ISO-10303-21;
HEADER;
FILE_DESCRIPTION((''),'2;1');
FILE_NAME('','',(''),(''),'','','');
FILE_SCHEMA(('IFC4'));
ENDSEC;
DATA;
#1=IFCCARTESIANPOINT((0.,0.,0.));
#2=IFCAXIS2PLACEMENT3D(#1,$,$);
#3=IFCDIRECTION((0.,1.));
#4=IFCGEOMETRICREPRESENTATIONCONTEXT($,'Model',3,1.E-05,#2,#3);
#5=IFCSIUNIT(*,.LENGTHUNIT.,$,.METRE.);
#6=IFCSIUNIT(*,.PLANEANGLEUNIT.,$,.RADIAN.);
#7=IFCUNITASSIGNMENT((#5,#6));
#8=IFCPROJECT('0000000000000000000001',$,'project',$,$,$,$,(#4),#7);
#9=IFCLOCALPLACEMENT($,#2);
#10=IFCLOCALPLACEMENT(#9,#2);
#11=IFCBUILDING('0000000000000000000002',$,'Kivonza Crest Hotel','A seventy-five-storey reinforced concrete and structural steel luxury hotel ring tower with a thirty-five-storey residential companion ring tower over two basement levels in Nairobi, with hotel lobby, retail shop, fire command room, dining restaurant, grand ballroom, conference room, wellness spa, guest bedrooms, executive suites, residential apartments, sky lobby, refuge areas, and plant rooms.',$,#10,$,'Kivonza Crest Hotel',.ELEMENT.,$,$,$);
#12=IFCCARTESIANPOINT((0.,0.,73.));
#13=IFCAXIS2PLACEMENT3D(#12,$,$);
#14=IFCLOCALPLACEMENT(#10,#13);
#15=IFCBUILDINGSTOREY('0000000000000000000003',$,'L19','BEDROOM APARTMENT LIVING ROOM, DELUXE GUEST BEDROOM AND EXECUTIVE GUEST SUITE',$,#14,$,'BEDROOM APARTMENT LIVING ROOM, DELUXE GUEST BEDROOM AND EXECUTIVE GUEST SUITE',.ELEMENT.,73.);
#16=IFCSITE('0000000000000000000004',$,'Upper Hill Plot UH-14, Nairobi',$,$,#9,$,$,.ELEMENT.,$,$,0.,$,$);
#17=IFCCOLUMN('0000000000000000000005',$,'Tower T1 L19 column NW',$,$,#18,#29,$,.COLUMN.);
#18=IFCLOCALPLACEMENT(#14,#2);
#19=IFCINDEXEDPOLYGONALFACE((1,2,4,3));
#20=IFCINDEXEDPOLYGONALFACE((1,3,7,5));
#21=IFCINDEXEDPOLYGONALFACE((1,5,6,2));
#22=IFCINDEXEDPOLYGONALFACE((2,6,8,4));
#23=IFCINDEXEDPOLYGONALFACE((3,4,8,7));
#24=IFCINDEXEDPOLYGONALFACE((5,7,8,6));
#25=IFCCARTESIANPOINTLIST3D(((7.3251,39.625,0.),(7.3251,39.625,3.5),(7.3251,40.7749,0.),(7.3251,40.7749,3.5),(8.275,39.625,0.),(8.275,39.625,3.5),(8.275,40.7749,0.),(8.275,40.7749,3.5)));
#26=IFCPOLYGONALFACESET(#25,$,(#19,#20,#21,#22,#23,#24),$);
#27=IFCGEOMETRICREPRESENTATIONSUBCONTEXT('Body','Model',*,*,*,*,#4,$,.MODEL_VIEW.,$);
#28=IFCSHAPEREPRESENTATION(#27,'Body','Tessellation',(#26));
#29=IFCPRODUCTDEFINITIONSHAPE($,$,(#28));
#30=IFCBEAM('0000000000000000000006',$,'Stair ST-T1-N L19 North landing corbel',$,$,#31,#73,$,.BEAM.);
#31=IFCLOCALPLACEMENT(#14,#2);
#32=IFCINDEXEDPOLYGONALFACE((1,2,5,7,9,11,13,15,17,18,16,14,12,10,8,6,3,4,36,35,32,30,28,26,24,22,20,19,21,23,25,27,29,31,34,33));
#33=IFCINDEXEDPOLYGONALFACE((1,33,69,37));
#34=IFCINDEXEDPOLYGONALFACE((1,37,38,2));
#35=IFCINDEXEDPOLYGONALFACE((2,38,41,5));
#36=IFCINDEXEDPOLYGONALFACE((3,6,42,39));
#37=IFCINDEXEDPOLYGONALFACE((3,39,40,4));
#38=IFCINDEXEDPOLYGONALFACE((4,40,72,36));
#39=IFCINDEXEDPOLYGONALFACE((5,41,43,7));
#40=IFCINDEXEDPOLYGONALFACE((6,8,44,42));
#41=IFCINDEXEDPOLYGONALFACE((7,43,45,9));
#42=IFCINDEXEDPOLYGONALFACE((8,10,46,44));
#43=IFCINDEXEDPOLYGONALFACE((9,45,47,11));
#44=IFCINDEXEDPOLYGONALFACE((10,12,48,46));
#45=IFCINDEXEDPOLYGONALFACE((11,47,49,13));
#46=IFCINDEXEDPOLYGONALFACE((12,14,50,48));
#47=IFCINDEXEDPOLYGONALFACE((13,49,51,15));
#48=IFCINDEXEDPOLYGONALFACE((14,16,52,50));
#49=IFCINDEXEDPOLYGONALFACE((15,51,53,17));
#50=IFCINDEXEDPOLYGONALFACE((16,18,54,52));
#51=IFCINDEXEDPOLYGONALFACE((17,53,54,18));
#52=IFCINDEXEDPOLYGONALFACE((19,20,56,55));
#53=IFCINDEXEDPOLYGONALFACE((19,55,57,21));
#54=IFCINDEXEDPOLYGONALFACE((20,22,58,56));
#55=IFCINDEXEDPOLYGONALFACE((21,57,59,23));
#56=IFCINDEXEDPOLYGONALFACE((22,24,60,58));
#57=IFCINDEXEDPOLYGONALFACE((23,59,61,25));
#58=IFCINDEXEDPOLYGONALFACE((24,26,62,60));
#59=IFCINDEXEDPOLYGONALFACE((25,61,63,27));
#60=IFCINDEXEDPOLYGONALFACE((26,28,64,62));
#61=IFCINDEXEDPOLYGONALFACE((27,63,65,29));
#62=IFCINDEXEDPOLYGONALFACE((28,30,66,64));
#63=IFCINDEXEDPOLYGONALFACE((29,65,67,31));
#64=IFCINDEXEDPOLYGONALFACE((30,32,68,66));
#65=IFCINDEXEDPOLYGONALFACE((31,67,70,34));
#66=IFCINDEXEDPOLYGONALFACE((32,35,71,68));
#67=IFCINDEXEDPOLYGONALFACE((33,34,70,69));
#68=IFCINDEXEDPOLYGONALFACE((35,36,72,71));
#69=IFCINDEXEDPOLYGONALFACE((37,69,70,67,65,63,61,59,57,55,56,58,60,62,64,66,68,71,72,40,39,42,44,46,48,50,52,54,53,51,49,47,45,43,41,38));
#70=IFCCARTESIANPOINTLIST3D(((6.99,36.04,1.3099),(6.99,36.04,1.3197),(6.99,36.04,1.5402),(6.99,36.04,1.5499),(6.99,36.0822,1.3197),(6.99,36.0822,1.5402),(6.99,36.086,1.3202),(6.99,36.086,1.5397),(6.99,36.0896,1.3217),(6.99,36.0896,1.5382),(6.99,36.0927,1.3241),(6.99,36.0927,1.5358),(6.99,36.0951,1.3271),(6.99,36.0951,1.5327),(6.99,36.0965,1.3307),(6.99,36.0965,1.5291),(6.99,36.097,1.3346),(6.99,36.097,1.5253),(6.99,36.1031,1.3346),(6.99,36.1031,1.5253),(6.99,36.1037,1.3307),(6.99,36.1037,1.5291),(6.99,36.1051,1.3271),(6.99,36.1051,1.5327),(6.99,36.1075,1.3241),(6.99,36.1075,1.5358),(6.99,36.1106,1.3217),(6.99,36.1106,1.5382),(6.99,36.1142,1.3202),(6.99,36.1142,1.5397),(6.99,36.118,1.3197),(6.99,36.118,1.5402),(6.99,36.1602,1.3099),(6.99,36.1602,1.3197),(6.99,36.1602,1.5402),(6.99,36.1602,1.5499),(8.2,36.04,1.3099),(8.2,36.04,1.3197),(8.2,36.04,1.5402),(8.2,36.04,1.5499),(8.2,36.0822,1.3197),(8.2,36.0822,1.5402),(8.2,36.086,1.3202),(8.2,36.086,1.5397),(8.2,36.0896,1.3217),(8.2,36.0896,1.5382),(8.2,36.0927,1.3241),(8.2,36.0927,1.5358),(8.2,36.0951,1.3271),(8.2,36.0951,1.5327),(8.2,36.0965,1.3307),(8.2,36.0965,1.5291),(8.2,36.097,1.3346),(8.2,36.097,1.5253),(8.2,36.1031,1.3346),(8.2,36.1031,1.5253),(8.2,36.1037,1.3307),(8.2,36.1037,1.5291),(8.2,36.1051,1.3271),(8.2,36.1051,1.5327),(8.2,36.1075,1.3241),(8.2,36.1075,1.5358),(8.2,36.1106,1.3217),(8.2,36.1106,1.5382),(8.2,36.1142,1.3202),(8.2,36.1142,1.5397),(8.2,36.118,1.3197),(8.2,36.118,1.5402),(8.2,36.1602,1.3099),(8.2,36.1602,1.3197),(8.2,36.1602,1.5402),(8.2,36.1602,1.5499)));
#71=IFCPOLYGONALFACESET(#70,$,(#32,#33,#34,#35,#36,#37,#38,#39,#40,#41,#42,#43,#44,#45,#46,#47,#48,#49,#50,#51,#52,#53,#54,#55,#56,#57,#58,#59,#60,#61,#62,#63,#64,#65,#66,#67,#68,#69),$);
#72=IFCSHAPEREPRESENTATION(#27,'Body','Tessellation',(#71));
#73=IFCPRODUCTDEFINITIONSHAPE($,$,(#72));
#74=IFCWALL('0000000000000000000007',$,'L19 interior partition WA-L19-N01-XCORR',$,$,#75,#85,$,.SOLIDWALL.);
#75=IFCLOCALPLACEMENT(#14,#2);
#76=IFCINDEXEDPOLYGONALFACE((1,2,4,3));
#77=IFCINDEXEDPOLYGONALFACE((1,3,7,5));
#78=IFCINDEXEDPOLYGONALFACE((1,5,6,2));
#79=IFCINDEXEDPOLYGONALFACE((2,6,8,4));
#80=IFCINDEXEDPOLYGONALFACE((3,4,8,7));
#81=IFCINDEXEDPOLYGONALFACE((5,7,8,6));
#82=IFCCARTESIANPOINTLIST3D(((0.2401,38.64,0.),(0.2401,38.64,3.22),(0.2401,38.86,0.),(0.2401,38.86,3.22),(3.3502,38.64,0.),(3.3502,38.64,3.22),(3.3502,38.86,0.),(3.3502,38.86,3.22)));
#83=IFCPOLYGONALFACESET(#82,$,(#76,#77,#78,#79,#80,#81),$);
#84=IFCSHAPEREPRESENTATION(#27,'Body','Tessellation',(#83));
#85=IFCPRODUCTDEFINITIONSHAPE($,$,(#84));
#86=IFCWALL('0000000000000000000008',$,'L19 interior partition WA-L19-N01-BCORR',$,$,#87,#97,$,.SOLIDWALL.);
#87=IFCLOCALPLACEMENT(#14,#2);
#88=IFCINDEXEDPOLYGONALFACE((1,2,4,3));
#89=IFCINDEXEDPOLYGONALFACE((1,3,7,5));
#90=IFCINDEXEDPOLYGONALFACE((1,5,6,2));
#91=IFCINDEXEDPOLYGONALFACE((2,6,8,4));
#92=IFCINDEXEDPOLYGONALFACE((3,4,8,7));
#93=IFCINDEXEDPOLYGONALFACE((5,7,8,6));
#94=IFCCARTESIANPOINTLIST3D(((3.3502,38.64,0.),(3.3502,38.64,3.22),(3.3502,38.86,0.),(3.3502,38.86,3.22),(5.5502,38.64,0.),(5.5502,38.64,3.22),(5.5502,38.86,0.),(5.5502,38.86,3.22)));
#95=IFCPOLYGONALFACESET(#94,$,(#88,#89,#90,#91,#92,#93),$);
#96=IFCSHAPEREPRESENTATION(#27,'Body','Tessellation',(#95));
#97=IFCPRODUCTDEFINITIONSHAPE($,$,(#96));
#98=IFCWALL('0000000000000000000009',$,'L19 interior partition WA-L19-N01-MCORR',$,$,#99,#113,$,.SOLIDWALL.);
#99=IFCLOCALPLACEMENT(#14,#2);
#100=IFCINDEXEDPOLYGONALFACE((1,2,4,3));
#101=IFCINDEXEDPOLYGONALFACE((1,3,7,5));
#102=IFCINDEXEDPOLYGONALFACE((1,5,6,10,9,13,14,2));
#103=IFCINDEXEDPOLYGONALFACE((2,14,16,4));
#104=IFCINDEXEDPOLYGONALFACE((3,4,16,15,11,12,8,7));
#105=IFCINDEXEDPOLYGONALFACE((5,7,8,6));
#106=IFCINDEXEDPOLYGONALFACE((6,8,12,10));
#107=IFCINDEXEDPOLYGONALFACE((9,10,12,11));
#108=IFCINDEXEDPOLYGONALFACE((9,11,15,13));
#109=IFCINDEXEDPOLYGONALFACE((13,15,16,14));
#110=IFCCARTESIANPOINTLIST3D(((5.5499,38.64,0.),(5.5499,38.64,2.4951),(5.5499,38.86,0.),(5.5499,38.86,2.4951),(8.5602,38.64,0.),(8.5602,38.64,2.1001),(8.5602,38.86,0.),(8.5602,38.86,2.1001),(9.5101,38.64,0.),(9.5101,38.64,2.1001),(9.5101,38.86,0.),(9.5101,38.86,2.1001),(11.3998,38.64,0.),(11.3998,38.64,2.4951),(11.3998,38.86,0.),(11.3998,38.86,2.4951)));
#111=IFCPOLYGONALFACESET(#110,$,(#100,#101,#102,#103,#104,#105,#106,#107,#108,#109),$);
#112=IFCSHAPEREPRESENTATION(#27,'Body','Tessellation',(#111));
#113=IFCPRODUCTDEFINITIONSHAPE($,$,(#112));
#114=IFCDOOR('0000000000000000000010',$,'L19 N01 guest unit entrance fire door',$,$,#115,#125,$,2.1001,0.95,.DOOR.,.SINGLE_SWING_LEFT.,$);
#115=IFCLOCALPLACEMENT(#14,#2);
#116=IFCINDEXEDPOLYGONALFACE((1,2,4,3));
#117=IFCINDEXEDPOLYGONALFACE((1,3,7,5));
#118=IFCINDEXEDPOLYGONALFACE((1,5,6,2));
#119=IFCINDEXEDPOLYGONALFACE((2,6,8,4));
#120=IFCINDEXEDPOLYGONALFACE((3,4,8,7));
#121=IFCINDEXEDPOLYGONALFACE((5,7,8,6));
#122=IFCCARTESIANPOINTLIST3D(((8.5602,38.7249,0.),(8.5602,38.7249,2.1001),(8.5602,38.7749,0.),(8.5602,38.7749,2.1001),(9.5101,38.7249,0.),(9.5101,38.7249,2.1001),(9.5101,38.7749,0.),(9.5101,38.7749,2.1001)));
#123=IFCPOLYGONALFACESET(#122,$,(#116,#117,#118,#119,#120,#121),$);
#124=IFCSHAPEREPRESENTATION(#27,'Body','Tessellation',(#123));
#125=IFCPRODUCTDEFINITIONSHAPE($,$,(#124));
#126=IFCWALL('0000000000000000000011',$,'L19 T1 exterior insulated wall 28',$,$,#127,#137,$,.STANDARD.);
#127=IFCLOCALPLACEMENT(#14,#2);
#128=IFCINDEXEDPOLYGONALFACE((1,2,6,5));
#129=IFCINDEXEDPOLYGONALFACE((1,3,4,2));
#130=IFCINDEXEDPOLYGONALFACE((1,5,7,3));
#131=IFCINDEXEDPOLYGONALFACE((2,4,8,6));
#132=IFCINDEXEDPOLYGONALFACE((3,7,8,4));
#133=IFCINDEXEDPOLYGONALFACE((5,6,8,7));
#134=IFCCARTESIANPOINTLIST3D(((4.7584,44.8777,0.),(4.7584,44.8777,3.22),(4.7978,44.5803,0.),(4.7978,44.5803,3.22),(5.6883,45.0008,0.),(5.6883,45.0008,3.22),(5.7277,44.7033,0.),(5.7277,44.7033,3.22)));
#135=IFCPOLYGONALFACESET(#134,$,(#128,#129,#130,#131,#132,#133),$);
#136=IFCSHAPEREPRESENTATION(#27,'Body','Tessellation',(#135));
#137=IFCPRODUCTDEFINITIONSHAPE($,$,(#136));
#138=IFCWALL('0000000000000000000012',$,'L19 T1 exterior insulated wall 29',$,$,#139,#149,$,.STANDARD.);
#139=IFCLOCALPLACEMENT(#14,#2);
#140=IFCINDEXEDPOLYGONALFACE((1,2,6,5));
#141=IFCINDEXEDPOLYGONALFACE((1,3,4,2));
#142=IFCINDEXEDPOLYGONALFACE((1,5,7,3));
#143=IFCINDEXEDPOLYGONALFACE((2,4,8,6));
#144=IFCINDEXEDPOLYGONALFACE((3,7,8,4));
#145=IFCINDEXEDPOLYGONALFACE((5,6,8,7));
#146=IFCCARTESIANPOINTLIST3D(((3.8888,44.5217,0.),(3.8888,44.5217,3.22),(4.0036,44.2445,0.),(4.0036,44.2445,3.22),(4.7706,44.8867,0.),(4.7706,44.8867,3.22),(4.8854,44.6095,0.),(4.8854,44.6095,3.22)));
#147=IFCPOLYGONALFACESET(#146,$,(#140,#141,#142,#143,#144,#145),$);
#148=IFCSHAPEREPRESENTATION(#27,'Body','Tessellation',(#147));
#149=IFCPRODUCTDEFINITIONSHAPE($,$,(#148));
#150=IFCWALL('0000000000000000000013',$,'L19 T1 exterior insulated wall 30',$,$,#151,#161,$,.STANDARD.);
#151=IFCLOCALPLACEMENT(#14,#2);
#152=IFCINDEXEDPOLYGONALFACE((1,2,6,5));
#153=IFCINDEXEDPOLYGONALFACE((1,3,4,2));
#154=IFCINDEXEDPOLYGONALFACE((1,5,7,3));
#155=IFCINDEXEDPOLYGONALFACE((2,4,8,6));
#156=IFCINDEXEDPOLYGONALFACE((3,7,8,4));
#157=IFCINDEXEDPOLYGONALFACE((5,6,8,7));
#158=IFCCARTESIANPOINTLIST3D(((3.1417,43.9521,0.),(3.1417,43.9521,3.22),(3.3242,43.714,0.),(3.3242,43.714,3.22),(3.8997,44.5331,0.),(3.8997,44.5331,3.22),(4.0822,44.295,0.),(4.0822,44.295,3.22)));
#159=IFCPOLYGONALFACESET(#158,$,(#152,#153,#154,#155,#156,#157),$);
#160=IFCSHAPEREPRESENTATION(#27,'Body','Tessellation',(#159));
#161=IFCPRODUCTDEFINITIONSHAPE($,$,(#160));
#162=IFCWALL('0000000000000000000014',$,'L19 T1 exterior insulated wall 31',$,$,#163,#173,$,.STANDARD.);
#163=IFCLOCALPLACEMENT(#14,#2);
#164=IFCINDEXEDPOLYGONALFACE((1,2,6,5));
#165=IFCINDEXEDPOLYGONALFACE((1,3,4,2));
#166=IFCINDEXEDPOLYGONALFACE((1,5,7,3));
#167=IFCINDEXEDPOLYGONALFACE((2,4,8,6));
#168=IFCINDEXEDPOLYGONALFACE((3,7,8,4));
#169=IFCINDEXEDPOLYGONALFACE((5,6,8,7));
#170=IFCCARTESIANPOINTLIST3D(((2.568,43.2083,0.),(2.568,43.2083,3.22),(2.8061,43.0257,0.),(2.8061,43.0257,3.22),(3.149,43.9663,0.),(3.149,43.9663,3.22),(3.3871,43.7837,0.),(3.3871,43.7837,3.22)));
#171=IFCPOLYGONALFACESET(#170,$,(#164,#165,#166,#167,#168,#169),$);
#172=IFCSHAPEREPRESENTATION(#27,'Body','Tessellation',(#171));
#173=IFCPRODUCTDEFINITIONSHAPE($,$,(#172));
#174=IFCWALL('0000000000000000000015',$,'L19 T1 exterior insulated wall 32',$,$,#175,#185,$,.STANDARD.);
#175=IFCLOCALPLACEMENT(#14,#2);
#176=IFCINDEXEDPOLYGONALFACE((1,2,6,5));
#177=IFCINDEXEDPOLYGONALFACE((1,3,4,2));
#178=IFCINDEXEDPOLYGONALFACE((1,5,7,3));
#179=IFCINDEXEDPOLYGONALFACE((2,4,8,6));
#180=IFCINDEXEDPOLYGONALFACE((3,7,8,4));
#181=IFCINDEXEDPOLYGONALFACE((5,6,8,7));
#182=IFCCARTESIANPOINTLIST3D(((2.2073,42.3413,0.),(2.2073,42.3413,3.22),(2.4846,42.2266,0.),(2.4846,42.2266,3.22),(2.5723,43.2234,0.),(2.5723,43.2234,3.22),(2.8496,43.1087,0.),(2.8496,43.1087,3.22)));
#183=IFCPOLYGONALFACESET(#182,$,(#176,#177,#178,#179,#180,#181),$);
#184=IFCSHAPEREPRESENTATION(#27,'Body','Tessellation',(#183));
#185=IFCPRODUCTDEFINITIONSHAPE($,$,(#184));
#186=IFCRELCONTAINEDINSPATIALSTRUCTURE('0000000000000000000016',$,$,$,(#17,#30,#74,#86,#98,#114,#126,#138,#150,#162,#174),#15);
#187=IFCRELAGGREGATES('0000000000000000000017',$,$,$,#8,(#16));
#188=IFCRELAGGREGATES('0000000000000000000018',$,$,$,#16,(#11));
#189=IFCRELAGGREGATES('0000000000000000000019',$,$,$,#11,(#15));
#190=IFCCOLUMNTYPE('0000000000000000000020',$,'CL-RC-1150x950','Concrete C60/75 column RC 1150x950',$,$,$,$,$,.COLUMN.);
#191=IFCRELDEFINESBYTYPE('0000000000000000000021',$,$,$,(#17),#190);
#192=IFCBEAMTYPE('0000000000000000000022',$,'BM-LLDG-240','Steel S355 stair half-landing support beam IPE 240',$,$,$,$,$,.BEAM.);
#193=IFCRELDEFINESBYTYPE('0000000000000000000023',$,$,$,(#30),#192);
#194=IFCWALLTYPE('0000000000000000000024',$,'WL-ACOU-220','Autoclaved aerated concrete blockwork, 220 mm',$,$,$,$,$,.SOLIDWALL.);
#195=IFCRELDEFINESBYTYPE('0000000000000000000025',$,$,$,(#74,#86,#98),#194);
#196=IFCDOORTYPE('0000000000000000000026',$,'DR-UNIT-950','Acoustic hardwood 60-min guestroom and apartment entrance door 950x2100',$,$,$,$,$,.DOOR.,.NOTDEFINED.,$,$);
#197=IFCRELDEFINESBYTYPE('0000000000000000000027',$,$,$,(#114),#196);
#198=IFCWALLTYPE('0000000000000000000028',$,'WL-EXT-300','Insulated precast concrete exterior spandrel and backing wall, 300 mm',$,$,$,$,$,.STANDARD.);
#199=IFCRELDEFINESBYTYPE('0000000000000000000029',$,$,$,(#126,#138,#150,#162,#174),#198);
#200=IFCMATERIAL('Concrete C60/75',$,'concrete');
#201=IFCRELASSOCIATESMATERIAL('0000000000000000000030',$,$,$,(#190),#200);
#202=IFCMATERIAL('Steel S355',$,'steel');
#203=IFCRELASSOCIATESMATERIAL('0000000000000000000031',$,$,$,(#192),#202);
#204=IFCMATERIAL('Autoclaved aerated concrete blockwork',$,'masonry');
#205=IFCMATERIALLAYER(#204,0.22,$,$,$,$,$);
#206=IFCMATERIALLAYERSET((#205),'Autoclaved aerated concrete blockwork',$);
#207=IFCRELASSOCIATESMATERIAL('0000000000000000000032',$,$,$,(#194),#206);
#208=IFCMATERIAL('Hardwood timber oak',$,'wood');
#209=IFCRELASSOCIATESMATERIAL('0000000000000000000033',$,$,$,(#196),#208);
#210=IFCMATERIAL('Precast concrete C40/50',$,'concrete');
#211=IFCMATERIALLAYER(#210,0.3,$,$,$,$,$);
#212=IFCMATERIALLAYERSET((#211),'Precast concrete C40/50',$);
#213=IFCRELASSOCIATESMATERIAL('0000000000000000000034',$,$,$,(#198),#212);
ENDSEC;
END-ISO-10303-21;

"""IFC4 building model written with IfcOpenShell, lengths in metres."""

from ifc_helpers import new_model, si_unit, direction, frame, frame_2d, origin, origin_2d, place, context, subcontext, project, spatial, rectangle, i_section, extrude, material, layer, layer_set, material_profile, profile_set, type_object, element, fill, save


model = new_model("IFC4")

# Units and contexts
model_context = context("Model", 3, precision=1e-05, world=origin(), true_north=direction((0.0, 1.0)))
body_context = subcontext(model_context, "Body", "Model", "MODEL_VIEW")
ifc_project = project(units=[si_unit("LENGTHUNIT", "METRE"), si_unit("PLANEANGLEUNIT", "RADIAN")], contexts=[model_context])

# Site, building, storey
site_placement = place(None, origin())
site = spatial("IfcSite", under=ifc_project, at=site_placement, Name="Upper Hill Plot UH-14, Nairobi", CompositionType="ELEMENT", RefElevation=0.0)
building_placement = place(site_placement, origin())
building = spatial("IfcBuilding", under=site, at=building_placement, Name="Kivonza Crest Hotel", Description="A seventy-five-storey reinforced concrete and structural steel luxury hotel ring tower with a thirty-five-storey residential companion ring tower over two basement levels in Nairobi, with hotel lobby, retail shop, fire command room, dining restaurant, grand ballroom, conference room, wellness spa, guest bedrooms, executive suites, residential apartments, sky lobby, refuge areas, and plant rooms.", LongName="Kivonza Crest Hotel", CompositionType="ELEMENT")
storey_placement = place(building_placement, frame((0.0, 0.0, 73.0)))
storey = spatial("IfcBuildingStorey", under=building, at=storey_placement, Name="L19", Description="BEDROOM APARTMENT LIVING ROOM, DELUXE GUEST BEDROOM AND EXECUTIVE GUEST SUITE", LongName="BEDROOM APARTMENT LIVING ROOM, DELUXE GUEST BEDROOM AND EXECUTIVE GUEST SUITE", CompositionType="ELEMENT", Elevation=73.0)

# Column
ifc_material_1 = material(Name="Concrete C60/75", Category="concrete")
ifc_material_profile_1 = material_profile(ifc_material_1, rectangle(XDim=0.95, YDim=1.1499, at=origin_2d()), Name="RC 1150x950")
ifc_profile_set_1 = profile_set([ifc_material_profile_1], Name="Concrete C60/75")
column_type = type_object("IfcColumnType", Name="CL-RC-1150x950", Description="Concrete C60/75 column RC 1150x950", PredefinedType="COLUMN", material=ifc_profile_set_1)
column_placement = place(storey_placement, frame((7.8, 40.2, 0.0), z_axis=(0.0, 0.0, 1.0), x_axis=(1.0, 0.0, 0.0)))
element("IfcColumn", 1, at=column_placement, inside=storey, type_object=column_type, Name="Tower T1 L19 column NW", PredefinedType="COLUMN", context=body_context, shape_type="SweptSolid", body=[
    extrude(rectangle(XDim=0.95, YDim=1.1499, at=origin_2d()), origin(), (0.0, 0.0, 1.0), 3.5),
])

# Beam
ifc_material_2 = material(Name="Steel S355", Category="steel")
ifc_material_profile_2 = material_profile(ifc_material_2, i_section(OverallWidth=0.1201, OverallDepth=0.24, WebThickness=0.0061, FlangeThickness=0.0098, FilletRadius=0.0149, at=origin_2d()), Name="IPE 240")
ifc_profile_set_2 = profile_set([ifc_material_profile_2], Name="Steel S355")
beam_type = type_object("IfcBeamType", Name="BM-LLDG-240", Description="Steel S355 stair half-landing support beam IPE 240", PredefinedType="BEAM", material=ifc_profile_set_2)
beam_placement = place(storey_placement, frame((6.99, 36.1001, 1.4299), z_axis=(1.0, 0.0, 0.0), x_axis=(0.0, 1.0, 0.0)))
element("IfcBeam", 2, at=beam_placement, inside=storey, type_object=beam_type, Name="Stair ST-T1-N L19 North landing corbel", PredefinedType="BEAM", context=body_context, shape_type="SweptSolid", body=[
    extrude(i_section(OverallWidth=0.1201, OverallDepth=0.24, WebThickness=0.0061, FlangeThickness=0.0098, FilletRadius=0.0149, at=origin_2d()), origin(), (0.0, 0.0, 1.0), 1.21),
])

# Walls
ifc_material_3 = material(Name="Autoclaved aerated concrete blockwork", Category="masonry")
ifc_layer_1 = layer(ifc_material_3, 0.22)
ifc_layer_set_1 = layer_set([ifc_layer_1], Name="Autoclaved aerated concrete blockwork")
wall_type_1 = type_object("IfcWallType", Name="WL-ACOU-220", Description="Autoclaved aerated concrete blockwork, 220 mm", PredefinedType="SOLIDWALL", material=ifc_layer_set_1)
wall_1_placement = place(storey_placement, frame((0.24, 38.75, 0.0), z_axis=(0.0, 0.0, 1.0), x_axis=(1.0, 0.0, 0.0)))
element("IfcWall", 3, at=wall_1_placement, inside=storey, type_object=wall_type_1, Name="L19 interior partition WA-L19-N01-XCORR", PredefinedType="SOLIDWALL", context=body_context, shape_type="SweptSolid", body=[
    extrude(rectangle(XDim=3.1101, YDim=0.22, at=frame_2d((1.5552, 0.0))), origin(), (0.0, 0.0, 1.0), 3.22),
])
wall_2_placement = place(storey_placement, frame((3.3501, 38.75, 0.0), z_axis=(0.0, 0.0, 1.0), x_axis=(1.0, 0.0, 0.0)))
element("IfcWall", 4, at=wall_2_placement, inside=storey, type_object=wall_type_1, Name="L19 interior partition WA-L19-N01-BCORR", PredefinedType="SOLIDWALL", context=body_context, shape_type="SweptSolid", body=[
    extrude(rectangle(XDim=2.2, YDim=0.22, at=frame_2d((1.1001, 0.0))), origin(), (0.0, 0.0, 1.0), 3.22),
])

# Wall, opening, door
wall_3_placement = place(storey_placement, frame((5.55, 38.75, 0.0), z_axis=(0.0, 0.0, 1.0), x_axis=(1.0, 0.0, 0.0)))
wall_3 = element("IfcWall", 5, at=wall_3_placement, inside=storey, type_object=wall_type_1, Name="L19 interior partition WA-L19-N01-MCORR", PredefinedType="SOLIDWALL", context=body_context, shape_type="SweptSolid", body=[
    extrude(rectangle(XDim=5.8499, YDim=0.22, at=frame_2d((2.9248, 0.0))), origin(), (0.0, 0.0, 1.0), 2.4951),
])
opening_1_placement = place(wall_3_placement, frame((3.01, 0.0, 0.0)))
opening_1 = element("IfcOpeningElement", 6, at=opening_1_placement, cuts=wall_3, PredefinedType="OPENING", context=body_context, shape_type="SweptSolid", body=[
    extrude(rectangle(XDim=0.95, YDim=2.1001, at=frame_2d((0.4751, 1.05))), frame((0.0, 0.1201, 0.0), z_axis=(0.0, -1.0, 0.0), x_axis=(1.0, 0.0, 0.0)), (0.0, 0.0, 1.0), 0.24),
])
ifc_material_4 = material(Name="Hardwood timber oak", Category="wood")
door_type_1 = type_object("IfcDoorType", Name="DR-UNIT-950", Description="Acoustic hardwood 60-min guestroom and apartment entrance door 950x2100", OperationType="NOTDEFINED", PredefinedType="DOOR", material=ifc_material_4)
door_1_placement = place(opening_1_placement, origin())
door_1 = element("IfcDoor", 7, at=door_1_placement, inside=storey, type_object=door_type_1, Name="L19 N01 guest unit entrance fire door", OperationType="SINGLE_SWING_LEFT", OverallHeight=2.1001, OverallWidth=0.95, PredefinedType="DOOR", context=body_context, shape_type="SweptSolid", body=[
    extrude(rectangle(XDim=0.95, YDim=2.1001, at=frame_2d((0.4751, 1.05))), frame((0.0, 0.0249, 0.0), z_axis=(0.0, -1.0, 0.0), x_axis=(1.0, 0.0, 0.0)), (0.0, 0.0, 1.0), 0.05),
])
fill(opening_1, door_1)

# Walls
ifc_material_5 = material(Name="Precast concrete C40/50", Category="concrete")
ifc_layer_2 = layer(ifc_material_5, 0.3)
ifc_layer_set_2 = layer_set([ifc_layer_2], Name="Precast concrete C40/50")
wall_type_2 = type_object("IfcWallType", Name="WL-EXT-300", Description="Insulated precast concrete exterior spandrel and backing wall, 300 mm", PredefinedType="STANDARD", material=ifc_layer_set_2)
wall_4_placement = place(storey_placement, frame((5.708, 44.8521, 0.0), z_axis=(0.0, 0.0, 1.0), x_axis=(-0.991359, -0.131175, 0.0)))
element("IfcWall", 8, at=wall_4_placement, inside=storey, type_object=wall_type_2, Name="L19 T1 exterior insulated wall 28", PredefinedType="STANDARD", context=body_context, shape_type="SweptSolid", body=[
    extrude(rectangle(XDim=0.938, YDim=0.3, at=frame_2d((0.469, 0.0))), origin(), (0.0, 0.0, 1.0), 3.22),
])
wall_5_placement = place(storey_placement, frame((4.8279, 44.748, 0.0), z_axis=(0.0, 0.0, 1.0), x_axis=(-0.923983, -0.382435, 0.0)))
element("IfcWall", 9, at=wall_5_placement, inside=storey, type_object=wall_type_2, Name="L19 T1 exterior insulated wall 29", PredefinedType="STANDARD", context=body_context, shape_type="SweptSolid", body=[
    extrude(rectangle(XDim=0.9543, YDim=0.3, at=frame_2d((0.4771, 0.0))), origin(), (0.0, 0.0, 1.0), 3.22),
])
for number, where, z_axis, x_axis, name in (
    (10, (3.991, 44.4141, 0.0), (0.0, 0.0, 1.0), (-0.793668, -0.608351, 0.0), "L19 T1 exterior insulated wall 30"),
    (11, (3.2681, 43.875, 0.0), (0.0, 0.0, 1.0), (-0.608351, -0.793668, 0.0), "L19 T1 exterior insulated wall 31"),
):
    element("IfcWall", number, at=place(storey_placement, frame(where, z_axis=z_axis, x_axis=x_axis)), inside=storey, type_object=wall_type_2, Name=name, PredefinedType="STANDARD", context=body_context, shape_type="SweptSolid", body=[
        extrude(rectangle(XDim=0.9551, YDim=0.3, at=frame_2d((0.4775, 0.0))), origin(), (0.0, 0.0, 1.0), 3.22),
    ])
wall_6_placement = place(storey_placement, frame((2.7109, 43.166, 0.0), z_axis=(0.0, 0.0, 1.0), x_axis=(-0.382344, -0.92402, 0.0)))
element("IfcWall", 12, at=wall_6_placement, inside=storey, type_object=wall_type_2, Name="L19 T1 exterior insulated wall 32", PredefinedType="STANDARD", context=body_context, shape_type="SweptSolid", body=[
    extrude(rectangle(XDim=0.9546, YDim=0.3, at=frame_2d((0.4773, 0.0))), origin(), (0.0, 0.0, 1.0), 3.22),
])

save(model, "model.ifc")
